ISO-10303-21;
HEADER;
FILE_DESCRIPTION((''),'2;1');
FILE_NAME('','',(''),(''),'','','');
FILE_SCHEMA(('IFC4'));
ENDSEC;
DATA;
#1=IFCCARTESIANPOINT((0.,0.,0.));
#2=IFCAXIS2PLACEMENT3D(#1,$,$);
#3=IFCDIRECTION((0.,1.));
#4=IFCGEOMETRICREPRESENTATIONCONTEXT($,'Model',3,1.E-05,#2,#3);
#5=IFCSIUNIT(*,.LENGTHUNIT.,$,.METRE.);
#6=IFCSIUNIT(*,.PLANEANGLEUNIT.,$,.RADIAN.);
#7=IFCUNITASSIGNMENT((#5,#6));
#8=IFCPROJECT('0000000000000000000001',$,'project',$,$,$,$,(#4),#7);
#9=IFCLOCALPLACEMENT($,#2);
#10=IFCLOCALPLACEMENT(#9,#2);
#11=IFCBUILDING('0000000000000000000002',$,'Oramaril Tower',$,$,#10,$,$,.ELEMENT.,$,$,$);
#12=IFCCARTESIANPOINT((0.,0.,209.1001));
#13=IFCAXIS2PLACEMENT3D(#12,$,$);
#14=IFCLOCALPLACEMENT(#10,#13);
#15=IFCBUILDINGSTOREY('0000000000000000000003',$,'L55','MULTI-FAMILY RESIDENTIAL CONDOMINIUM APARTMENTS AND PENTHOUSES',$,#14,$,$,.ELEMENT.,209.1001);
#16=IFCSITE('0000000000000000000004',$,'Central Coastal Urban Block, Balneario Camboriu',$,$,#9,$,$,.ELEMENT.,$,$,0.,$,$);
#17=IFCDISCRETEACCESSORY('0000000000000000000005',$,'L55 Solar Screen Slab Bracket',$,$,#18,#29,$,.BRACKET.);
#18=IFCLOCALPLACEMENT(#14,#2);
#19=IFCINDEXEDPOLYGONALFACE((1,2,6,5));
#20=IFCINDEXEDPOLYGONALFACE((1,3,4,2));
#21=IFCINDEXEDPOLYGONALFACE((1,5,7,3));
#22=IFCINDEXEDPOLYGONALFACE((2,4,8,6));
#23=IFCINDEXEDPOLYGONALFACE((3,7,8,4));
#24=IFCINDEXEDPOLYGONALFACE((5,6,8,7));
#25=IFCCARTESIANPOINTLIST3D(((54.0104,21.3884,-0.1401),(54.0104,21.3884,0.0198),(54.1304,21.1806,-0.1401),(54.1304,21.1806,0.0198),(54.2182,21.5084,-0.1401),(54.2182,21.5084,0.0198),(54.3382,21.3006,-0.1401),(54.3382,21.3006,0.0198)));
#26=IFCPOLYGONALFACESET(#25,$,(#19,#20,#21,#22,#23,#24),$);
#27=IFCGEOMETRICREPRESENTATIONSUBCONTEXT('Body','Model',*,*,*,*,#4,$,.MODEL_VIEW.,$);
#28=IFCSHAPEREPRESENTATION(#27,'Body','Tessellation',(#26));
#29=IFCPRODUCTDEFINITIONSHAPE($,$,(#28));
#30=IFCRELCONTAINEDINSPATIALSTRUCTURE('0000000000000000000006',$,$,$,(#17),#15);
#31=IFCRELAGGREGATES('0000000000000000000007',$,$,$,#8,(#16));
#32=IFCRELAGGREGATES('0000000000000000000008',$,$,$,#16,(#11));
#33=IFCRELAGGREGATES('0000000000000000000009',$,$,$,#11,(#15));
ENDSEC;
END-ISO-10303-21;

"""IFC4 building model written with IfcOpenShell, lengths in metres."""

from ifc_helpers import new_model, si_unit, direction, frame, origin, origin_2d, place, context, subcontext, project, spatial, rectangle, extrude, element, save


model = new_model("IFC4")

# Units and contexts
model_context = context("Model", 3, precision=1e-05, world=origin(), true_north=direction((0.0, 1.0)))
body_context = subcontext(model_context, "Body", "Model", "MODEL_VIEW")
ifc_project = project(units=[si_unit("LENGTHUNIT", "METRE"), si_unit("PLANEANGLEUNIT", "RADIAN")], contexts=[model_context])

# Site, building, storey
site_placement = place(None, origin())
site = spatial("IfcSite", under=ifc_project, at=site_placement, Name="Central Coastal Urban Block, Balneario Camboriu", CompositionType="ELEMENT", RefElevation=0.0)
building_placement = place(site_placement, origin())
building = spatial("IfcBuilding", under=site, at=building_placement, Name="Oramaril Tower", CompositionType="ELEMENT")
storey_placement = place(building_placement, frame((0.0, 0.0, 209.1001)))
storey = spatial("IfcBuildingStorey", under=building, at=storey_placement, Name="L55", Description="MULTI-FAMILY RESIDENTIAL CONDOMINIUM APARTMENTS AND PENTHOUSES", CompositionType="ELEMENT", Elevation=209.1001)

# Discrete accessory
discrete_accessory_placement = place(storey_placement, frame((54.1743, 21.3445, -0.1401), z_axis=(0.0, 0.0, 1.0), x_axis=(-0.500002, 0.866025, 0.0)))
element("IfcDiscreteAccessory", 1, at=discrete_accessory_placement, inside=storey, Name="L55 Solar Screen Slab Bracket", PredefinedType="BRACKET", context=body_context, shape_type="SweptSolid", body=[
    extrude(rectangle(XDim=0.24, YDim=0.24, at=origin_2d()), origin(), (0.0, 0.0, 1.0), 0.1599),
])

save(model, "model.ifc")
